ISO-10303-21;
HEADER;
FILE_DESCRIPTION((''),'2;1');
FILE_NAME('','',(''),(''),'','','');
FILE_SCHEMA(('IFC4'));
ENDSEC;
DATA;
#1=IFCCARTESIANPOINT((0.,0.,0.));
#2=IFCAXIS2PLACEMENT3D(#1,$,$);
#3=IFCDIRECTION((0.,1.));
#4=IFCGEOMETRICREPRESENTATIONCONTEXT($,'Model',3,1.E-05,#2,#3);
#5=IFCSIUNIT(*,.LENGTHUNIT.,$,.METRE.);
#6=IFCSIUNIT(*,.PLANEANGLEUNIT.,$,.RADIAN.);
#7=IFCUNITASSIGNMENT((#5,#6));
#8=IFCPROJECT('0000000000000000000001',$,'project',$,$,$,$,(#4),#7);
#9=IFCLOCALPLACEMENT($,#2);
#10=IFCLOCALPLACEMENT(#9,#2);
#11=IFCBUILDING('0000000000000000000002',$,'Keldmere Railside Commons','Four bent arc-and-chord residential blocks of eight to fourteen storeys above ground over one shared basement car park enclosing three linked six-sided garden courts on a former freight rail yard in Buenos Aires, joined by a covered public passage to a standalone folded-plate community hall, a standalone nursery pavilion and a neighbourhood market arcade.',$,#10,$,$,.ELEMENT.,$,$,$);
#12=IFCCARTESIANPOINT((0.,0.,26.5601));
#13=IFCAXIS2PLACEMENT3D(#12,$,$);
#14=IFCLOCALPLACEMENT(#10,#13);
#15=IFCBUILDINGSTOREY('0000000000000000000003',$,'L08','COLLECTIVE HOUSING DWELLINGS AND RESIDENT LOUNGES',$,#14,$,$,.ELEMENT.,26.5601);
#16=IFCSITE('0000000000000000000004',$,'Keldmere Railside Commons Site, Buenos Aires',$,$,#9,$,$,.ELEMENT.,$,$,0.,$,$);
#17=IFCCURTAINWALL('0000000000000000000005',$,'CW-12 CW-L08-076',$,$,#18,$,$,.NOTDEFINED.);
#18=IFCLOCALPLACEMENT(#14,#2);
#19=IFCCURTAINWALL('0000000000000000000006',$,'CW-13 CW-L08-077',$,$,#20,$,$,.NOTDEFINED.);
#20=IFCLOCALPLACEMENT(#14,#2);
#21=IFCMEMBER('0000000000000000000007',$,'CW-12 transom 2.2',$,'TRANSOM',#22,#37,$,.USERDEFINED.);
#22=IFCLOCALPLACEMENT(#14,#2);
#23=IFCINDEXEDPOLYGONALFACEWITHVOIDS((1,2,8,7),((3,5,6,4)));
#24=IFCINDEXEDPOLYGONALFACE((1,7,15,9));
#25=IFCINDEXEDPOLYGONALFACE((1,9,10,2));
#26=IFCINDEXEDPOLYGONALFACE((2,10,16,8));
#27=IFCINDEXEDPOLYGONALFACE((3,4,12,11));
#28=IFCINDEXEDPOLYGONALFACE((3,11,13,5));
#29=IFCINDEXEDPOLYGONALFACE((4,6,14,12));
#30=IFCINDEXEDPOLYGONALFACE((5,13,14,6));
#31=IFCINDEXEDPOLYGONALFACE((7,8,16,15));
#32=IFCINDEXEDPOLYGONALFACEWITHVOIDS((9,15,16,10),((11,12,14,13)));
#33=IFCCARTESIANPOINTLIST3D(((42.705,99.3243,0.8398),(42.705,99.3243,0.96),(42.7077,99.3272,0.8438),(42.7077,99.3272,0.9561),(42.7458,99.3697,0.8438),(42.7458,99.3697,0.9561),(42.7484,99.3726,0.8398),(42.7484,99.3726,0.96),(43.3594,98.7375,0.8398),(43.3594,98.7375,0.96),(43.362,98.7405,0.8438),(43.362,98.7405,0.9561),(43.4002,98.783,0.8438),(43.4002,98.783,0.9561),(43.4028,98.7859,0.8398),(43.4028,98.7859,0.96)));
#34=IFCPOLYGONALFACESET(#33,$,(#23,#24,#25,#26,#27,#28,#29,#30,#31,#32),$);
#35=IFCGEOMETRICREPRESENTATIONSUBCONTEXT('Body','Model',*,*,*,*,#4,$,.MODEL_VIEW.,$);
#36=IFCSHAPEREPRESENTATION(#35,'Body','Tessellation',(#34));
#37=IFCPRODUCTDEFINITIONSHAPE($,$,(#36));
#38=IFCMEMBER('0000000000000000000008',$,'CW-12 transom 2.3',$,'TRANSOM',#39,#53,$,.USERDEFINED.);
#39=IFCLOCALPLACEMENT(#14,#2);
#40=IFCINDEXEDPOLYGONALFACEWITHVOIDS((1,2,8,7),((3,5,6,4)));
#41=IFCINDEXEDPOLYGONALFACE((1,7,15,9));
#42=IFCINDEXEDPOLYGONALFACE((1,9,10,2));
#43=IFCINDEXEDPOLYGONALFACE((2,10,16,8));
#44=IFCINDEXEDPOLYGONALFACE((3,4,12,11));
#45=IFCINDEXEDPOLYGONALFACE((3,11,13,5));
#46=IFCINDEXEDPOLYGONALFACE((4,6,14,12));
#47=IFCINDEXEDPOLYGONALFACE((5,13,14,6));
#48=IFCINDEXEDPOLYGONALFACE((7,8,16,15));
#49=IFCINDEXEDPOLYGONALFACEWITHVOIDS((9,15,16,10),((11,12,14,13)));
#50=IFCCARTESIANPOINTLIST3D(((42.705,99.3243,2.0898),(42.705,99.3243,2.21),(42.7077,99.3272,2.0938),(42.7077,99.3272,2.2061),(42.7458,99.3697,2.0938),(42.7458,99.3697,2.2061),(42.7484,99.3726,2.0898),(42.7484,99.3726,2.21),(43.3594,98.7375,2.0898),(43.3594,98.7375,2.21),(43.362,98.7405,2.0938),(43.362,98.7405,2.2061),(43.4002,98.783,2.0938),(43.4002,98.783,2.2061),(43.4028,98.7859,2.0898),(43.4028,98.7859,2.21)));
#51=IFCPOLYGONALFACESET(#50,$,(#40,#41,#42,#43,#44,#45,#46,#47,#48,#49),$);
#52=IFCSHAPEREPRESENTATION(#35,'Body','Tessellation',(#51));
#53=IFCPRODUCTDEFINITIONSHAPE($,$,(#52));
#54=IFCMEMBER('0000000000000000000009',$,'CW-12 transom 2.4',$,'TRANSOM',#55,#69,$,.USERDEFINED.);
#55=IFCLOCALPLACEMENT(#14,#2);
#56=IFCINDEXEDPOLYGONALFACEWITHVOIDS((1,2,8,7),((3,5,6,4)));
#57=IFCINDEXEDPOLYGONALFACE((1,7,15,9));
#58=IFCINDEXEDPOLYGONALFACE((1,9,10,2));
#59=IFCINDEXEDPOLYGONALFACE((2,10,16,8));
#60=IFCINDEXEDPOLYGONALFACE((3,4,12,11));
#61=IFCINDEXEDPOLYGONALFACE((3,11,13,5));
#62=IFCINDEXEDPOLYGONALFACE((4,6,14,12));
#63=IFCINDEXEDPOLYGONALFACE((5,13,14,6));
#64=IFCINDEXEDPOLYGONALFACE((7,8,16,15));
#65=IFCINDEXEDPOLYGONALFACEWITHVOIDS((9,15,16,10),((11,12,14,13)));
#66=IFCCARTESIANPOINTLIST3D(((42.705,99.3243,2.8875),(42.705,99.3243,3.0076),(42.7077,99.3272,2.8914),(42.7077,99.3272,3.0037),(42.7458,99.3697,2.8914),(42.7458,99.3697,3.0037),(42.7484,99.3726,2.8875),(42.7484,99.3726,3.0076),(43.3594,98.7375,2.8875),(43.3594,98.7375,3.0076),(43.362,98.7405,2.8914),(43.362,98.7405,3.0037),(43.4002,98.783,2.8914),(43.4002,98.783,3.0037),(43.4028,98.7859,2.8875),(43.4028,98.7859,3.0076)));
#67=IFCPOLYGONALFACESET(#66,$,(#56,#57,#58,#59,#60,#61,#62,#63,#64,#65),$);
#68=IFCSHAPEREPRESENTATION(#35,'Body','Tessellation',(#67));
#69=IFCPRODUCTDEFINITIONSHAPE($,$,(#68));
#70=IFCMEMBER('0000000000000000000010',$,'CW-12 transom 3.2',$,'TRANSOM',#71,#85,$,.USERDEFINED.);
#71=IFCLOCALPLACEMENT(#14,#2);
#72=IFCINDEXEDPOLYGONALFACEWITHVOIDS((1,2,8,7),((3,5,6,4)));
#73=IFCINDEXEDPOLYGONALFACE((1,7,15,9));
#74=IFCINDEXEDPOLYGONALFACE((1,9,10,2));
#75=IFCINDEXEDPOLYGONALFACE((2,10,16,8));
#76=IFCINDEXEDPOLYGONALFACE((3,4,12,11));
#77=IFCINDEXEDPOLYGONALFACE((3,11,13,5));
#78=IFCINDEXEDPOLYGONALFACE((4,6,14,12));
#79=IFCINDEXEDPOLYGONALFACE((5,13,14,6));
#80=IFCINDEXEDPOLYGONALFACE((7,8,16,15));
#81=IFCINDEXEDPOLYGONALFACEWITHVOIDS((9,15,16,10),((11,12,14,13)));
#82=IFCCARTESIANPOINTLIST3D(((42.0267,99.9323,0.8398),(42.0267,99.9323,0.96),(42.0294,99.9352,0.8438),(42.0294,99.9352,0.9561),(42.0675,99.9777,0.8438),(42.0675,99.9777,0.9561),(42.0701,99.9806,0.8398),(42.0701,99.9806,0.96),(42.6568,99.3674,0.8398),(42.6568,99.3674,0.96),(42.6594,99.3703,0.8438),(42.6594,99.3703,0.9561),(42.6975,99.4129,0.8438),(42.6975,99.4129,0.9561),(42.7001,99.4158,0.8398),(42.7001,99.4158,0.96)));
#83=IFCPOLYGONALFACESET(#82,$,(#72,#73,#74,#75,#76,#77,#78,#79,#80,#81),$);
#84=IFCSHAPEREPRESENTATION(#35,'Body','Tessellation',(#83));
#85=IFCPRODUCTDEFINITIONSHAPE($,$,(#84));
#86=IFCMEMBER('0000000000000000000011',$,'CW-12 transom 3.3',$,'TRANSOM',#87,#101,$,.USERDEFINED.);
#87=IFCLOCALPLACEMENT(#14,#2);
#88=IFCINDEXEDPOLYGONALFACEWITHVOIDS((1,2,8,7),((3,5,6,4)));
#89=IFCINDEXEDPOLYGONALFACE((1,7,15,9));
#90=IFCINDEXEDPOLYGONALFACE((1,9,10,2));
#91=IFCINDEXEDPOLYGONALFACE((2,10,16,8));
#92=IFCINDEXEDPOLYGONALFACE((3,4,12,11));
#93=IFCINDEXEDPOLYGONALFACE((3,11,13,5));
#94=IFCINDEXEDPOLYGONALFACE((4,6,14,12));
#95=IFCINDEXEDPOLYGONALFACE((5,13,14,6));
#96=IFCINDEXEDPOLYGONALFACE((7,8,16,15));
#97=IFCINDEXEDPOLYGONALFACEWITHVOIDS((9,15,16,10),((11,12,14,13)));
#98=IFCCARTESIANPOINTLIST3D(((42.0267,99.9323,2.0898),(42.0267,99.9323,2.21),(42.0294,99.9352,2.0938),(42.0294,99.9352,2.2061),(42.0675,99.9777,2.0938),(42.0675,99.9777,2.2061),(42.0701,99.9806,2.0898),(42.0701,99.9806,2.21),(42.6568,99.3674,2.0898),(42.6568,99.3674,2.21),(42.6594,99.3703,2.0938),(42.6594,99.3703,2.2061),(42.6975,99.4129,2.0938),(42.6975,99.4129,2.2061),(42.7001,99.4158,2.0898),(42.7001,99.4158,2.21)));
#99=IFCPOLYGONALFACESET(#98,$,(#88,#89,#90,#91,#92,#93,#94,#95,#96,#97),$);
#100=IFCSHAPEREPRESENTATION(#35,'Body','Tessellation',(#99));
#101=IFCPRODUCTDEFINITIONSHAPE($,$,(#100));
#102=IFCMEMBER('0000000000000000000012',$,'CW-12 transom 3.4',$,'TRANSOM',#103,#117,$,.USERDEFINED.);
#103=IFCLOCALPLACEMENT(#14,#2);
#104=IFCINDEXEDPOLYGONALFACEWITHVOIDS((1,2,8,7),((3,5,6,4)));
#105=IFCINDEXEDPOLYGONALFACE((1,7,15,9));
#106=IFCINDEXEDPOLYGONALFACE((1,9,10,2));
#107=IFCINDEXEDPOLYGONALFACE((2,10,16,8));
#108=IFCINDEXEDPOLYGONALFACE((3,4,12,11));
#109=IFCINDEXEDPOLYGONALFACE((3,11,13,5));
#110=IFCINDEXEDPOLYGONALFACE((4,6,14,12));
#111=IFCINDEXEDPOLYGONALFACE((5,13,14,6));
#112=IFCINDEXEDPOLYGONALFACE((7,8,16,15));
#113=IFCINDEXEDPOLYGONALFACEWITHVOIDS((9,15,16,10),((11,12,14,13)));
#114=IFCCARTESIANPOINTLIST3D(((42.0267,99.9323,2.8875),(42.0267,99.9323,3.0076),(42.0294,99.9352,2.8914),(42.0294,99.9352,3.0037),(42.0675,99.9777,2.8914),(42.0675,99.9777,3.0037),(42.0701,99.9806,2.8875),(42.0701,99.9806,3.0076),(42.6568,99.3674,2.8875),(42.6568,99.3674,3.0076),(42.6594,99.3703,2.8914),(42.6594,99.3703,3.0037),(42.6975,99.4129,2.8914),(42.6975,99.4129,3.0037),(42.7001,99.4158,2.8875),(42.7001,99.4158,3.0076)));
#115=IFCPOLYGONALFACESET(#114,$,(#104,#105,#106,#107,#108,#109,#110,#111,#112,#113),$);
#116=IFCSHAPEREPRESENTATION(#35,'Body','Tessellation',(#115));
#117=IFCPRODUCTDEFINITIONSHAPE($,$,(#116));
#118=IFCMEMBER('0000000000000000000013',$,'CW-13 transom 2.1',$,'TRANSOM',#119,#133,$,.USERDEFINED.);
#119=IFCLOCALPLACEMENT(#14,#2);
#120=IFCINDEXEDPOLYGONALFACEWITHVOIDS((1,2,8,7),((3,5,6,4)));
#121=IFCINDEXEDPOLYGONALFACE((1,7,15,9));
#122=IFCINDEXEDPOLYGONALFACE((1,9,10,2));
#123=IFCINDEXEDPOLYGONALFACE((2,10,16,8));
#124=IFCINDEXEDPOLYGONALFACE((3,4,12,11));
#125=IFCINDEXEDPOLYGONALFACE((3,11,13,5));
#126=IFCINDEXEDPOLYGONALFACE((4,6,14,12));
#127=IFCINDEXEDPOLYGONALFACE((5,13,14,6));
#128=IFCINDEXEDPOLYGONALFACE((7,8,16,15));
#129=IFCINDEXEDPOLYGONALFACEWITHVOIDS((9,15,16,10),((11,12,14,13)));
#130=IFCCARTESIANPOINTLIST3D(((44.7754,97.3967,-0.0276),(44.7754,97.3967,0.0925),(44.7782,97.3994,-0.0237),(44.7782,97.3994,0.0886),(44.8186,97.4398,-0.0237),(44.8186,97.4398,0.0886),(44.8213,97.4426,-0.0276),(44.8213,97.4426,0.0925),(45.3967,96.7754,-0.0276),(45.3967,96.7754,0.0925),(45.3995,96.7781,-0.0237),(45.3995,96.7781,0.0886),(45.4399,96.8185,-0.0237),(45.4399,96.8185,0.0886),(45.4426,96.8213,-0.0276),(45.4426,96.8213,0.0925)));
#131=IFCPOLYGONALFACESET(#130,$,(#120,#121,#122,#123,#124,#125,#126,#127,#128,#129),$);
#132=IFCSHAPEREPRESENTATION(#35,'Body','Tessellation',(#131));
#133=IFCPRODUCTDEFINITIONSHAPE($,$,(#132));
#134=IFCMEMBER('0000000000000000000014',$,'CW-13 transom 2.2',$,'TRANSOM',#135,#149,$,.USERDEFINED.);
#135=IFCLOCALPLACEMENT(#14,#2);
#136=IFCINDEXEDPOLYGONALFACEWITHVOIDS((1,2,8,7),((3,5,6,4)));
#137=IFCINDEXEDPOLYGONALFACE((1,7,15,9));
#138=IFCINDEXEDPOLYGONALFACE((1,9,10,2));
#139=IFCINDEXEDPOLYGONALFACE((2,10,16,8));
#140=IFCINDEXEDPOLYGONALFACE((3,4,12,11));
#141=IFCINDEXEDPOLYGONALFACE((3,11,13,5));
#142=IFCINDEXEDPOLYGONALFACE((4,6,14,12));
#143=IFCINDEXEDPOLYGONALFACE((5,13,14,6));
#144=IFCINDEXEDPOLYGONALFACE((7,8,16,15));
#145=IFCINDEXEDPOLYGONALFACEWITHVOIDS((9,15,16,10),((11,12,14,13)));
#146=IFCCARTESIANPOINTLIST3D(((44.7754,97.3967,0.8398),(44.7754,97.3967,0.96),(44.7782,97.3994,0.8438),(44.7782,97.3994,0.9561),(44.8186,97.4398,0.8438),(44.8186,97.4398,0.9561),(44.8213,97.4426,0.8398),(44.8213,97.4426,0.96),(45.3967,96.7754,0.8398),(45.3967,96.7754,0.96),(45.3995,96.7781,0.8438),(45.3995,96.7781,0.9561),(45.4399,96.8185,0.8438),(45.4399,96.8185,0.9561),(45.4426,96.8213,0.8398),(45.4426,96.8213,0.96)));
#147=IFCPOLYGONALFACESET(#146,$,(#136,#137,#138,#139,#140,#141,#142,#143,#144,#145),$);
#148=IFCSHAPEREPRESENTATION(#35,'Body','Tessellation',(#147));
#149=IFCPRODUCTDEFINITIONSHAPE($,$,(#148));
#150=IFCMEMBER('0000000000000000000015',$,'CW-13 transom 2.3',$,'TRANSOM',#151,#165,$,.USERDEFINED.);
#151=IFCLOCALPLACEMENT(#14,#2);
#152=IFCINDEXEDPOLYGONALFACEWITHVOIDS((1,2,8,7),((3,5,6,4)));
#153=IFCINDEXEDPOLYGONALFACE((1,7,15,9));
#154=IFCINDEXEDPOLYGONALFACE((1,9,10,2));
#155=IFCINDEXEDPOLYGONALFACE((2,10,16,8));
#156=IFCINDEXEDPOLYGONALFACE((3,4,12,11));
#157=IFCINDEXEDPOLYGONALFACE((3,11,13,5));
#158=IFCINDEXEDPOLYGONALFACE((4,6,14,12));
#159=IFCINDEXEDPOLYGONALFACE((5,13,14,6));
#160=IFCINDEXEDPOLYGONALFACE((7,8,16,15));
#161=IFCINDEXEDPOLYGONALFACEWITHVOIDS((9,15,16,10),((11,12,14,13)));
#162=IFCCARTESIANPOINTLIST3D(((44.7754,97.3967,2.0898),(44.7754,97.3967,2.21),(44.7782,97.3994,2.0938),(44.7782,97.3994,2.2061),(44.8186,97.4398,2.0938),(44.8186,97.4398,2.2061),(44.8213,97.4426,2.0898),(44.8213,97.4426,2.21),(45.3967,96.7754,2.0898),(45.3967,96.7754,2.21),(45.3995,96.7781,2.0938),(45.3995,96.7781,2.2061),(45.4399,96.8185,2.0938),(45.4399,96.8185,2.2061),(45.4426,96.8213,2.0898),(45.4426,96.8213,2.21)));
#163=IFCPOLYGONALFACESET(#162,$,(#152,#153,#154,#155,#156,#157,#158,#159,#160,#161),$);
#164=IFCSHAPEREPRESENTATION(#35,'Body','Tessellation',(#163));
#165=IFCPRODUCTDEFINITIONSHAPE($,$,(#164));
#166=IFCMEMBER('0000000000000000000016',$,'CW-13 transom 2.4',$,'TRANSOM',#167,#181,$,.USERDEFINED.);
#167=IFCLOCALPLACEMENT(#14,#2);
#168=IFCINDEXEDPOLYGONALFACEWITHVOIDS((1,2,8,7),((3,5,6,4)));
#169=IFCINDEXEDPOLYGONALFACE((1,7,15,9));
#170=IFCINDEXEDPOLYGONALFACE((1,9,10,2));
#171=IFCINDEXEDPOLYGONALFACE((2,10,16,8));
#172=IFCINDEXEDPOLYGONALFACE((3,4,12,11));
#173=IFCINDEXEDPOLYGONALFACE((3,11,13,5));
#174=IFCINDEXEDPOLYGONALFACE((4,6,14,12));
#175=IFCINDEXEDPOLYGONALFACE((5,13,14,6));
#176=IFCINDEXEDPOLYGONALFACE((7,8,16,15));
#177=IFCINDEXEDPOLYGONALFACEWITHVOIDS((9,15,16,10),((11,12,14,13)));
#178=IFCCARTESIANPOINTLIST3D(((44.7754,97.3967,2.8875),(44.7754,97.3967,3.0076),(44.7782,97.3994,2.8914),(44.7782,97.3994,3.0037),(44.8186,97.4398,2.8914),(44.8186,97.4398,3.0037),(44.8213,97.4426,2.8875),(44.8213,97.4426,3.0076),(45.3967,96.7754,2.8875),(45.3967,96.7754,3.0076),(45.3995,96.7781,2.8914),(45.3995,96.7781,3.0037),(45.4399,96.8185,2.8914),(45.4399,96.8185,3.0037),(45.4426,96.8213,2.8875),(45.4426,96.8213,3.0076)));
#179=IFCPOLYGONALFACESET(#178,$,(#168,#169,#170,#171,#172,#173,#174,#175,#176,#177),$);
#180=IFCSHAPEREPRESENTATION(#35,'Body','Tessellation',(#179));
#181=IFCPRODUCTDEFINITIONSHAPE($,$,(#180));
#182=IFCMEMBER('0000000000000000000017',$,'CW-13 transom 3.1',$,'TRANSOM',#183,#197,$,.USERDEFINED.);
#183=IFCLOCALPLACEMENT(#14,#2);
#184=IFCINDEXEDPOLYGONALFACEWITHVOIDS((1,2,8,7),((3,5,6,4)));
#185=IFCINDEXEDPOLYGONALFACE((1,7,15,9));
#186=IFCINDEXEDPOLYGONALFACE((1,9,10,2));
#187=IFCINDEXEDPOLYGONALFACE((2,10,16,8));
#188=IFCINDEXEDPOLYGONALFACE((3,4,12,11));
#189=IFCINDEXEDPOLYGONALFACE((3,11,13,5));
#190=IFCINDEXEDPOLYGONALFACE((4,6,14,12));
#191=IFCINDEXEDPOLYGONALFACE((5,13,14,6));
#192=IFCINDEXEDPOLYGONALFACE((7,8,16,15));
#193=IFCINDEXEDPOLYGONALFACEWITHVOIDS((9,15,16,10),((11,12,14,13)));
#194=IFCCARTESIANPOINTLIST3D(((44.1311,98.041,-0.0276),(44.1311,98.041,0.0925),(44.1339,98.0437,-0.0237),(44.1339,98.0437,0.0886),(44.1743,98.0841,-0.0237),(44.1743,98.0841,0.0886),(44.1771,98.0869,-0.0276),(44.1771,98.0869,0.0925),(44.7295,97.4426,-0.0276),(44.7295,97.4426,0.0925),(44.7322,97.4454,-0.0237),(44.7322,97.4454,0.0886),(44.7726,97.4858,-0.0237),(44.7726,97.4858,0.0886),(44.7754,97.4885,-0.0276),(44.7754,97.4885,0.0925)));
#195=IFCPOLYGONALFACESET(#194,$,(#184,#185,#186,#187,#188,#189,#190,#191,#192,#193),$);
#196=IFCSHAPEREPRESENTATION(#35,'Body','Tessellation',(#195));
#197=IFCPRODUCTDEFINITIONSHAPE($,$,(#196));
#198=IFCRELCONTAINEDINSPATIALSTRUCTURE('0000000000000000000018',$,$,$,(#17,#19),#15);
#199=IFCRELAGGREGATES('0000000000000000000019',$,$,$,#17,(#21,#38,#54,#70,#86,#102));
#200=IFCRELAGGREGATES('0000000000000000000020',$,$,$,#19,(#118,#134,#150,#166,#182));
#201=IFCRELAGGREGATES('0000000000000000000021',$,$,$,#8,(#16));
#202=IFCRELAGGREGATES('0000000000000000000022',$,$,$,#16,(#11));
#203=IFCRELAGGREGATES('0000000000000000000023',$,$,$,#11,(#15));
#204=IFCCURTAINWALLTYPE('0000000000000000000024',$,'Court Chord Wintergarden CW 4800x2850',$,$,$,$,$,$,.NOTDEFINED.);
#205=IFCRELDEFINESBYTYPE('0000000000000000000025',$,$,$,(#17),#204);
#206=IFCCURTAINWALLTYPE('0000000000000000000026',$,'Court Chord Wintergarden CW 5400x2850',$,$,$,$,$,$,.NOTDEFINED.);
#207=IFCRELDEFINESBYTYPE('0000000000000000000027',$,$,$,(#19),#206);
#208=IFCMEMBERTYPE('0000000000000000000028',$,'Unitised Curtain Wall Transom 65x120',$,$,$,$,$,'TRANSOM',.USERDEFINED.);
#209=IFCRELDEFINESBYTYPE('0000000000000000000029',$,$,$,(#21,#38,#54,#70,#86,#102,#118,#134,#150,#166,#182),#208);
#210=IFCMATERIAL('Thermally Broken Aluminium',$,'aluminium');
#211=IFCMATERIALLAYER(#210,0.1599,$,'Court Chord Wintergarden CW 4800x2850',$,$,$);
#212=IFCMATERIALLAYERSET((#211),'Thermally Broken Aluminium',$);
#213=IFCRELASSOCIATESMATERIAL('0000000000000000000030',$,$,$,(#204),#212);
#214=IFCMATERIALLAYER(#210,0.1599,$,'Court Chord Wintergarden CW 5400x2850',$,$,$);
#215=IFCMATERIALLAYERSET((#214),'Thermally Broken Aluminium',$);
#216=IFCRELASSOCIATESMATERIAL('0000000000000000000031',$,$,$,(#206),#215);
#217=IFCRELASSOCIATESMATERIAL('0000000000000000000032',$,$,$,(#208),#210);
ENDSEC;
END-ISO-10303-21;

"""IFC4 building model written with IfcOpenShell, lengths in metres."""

from ifc_helpers import new_model, si_unit, direction, frame, origin, origin_2d, place, context, subcontext, project, spatial, hollow_rectangle, extrude, material, layer, layer_set, material_profile, profile_set, type_object, element, aggregate, save


model = new_model("IFC4")

# Units and contexts
model_context = context("Model", 3, precision=1e-05, world=origin(), true_north=direction((0.0, 1.0)))
body_context = subcontext(model_context, "Body", "Model", "MODEL_VIEW")
ifc_project = project(units=[si_unit("LENGTHUNIT", "METRE"), si_unit("PLANEANGLEUNIT", "RADIAN")], contexts=[model_context])

# Site, building, storey
site_placement = place(None, origin())
site = spatial("IfcSite", under=ifc_project, at=site_placement, Name="Keldmere Railside Commons Site, Buenos Aires", CompositionType="ELEMENT", RefElevation=0.0)
building_placement = place(site_placement, origin())
building = spatial("IfcBuilding", under=site, at=building_placement, Name="Keldmere Railside Commons", Description="Four bent arc-and-chord residential blocks of eight to fourteen storeys above ground over one shared basement car park enclosing three linked six-sided garden courts on a former freight rail yard in Buenos Aires, joined by a covered public passage to a standalone folded-plate community hall, a standalone nursery pavilion and a neighbourhood market arcade.", CompositionType="ELEMENT")
storey_placement = place(building_placement, frame((0.0, 0.0, 26.5601)))
storey = spatial("IfcBuildingStorey", under=building, at=storey_placement, Name="L08", Description="COLLECTIVE HOUSING DWELLINGS AND RESIDENT LOUNGES", CompositionType="ELEMENT", Elevation=26.5601)

# Curtain walls
ifc_material_1 = material(Name="Thermally Broken Aluminium", Category="aluminium")
ifc_layer_1 = layer(ifc_material_1, 0.1599, Name="Court Chord Wintergarden CW 4800x2850")
ifc_layer_set_1 = layer_set([ifc_layer_1], Name="Thermally Broken Aluminium")
curtain_wall_type_1 = type_object("IfcCurtainWallType", Name="Court Chord Wintergarden CW 4800x2850", PredefinedType="NOTDEFINED", material=ifc_layer_set_1)
curtain_wall_1_placement = place(storey_placement, origin())
curtain_wall_1 = element("IfcCurtainWall", 1, at=curtain_wall_1_placement, inside=storey, type_object=curtain_wall_type_1, Name="CW-12 CW-L08-076", PredefinedType="NOTDEFINED")
ifc_layer_2 = layer(ifc_material_1, 0.1599, Name="Court Chord Wintergarden CW 5400x2850")
ifc_layer_set_2 = layer_set([ifc_layer_2], Name="Thermally Broken Aluminium")
curtain_wall_type_2 = type_object("IfcCurtainWallType", Name="Court Chord Wintergarden CW 5400x2850", PredefinedType="NOTDEFINED", material=ifc_layer_set_2)
curtain_wall_2_placement = place(storey_placement, origin())
curtain_wall_2 = element("IfcCurtainWall", 2, at=curtain_wall_2_placement, inside=storey, type_object=curtain_wall_type_2, Name="CW-13 CW-L08-077", PredefinedType="NOTDEFINED")

# Members
ifc_material_profile_1 = material_profile(ifc_material_1, hollow_rectangle(XDim=0.0649, YDim=0.1201, WallThickness=0.0039, at=origin_2d()), Name="ALU-TRAN-65x120")
ifc_profile_set_1 = profile_set([ifc_material_profile_1], Name="Thermally Broken Aluminium")
member_type_1 = type_object("IfcMemberType", Name="Unitised Curtain Wall Transom 65x120", ElementType="TRANSOM", PredefinedType="USERDEFINED", material=ifc_profile_set_1)
member_1_placement = place(storey_placement, frame((43.3811, 98.7617, 0.8999), z_axis=(-0.744536, 0.667582, 0.0), x_axis=(-0.667582, -0.744536, 0.0)))
member_1 = element("IfcMember", 3, at=member_1_placement, type_object=member_type_1, Name="CW-12 transom 2.2", ObjectType="TRANSOM", PredefinedType="USERDEFINED", context=body_context, shape_type="SweptSolid", body=[
    extrude(hollow_rectangle(XDim=0.0649, YDim=0.1201, WallThickness=0.0039, at=origin_2d()), origin(), (0.0, 0.0, 1.0), 0.8789),
])
member_2_placement = place(storey_placement, frame((43.3811, 98.7617, 2.1499), z_axis=(-0.744536, 0.667582, 0.0), x_axis=(-0.667582, -0.744536, 0.0)))
member_2 = element("IfcMember", 4, at=member_2_placement, type_object=member_type_1, Name="CW-12 transom 2.3", ObjectType="TRANSOM", PredefinedType="USERDEFINED", context=body_context, shape_type="SweptSolid", body=[
    extrude(hollow_rectangle(XDim=0.0649, YDim=0.1201, WallThickness=0.0039, at=origin_2d()), origin(), (0.0, 0.0, 1.0), 0.8789),
])
member_3_placement = place(storey_placement, frame((43.3811, 98.7617, 2.9475), z_axis=(-0.744536, 0.667582, 0.0), x_axis=(-0.667582, -0.744536, 0.0)))
member_3 = element("IfcMember", 5, at=member_3_placement, type_object=member_type_1, Name="CW-12 transom 2.4", ObjectType="TRANSOM", PredefinedType="USERDEFINED", context=body_context, shape_type="SweptSolid", body=[
    extrude(hollow_rectangle(XDim=0.0649, YDim=0.1201, WallThickness=0.0039, at=origin_2d()), origin(), (0.0, 0.0, 1.0), 0.8789),
])
member_4_placement = place(storey_placement, frame((42.6785, 99.3916, 0.8999), z_axis=(-0.744569, 0.667545, 0.0), x_axis=(-0.667545, -0.744569, 0.0)))
member_4 = element("IfcMember", 6, at=member_4_placement, type_object=member_type_1, Name="CW-12 transom 3.2", ObjectType="TRANSOM", PredefinedType="USERDEFINED", context=body_context, shape_type="SweptSolid", body=[
    extrude(hollow_rectangle(XDim=0.0649, YDim=0.1201, WallThickness=0.0039, at=origin_2d()), origin(), (0.0, 0.0, 1.0), 0.8462),
])
member_5_placement = place(storey_placement, frame((42.6785, 99.3916, 2.1499), z_axis=(-0.744569, 0.667545, 0.0), x_axis=(-0.667545, -0.744569, 0.0)))
member_5 = element("IfcMember", 7, at=member_5_placement, type_object=member_type_1, Name="CW-12 transom 3.3", ObjectType="TRANSOM", PredefinedType="USERDEFINED", context=body_context, shape_type="SweptSolid", body=[
    extrude(hollow_rectangle(XDim=0.0649, YDim=0.1201, WallThickness=0.0039, at=origin_2d()), origin(), (0.0, 0.0, 1.0), 0.8462),
])
member_6_placement = place(storey_placement, frame((42.6785, 99.3916, 2.9475), z_axis=(-0.744569, 0.667545, 0.0), x_axis=(-0.667545, -0.744569, 0.0)))
member_6 = element("IfcMember", 8, at=member_6_placement, type_object=member_type_1, Name="CW-12 transom 3.4", ObjectType="TRANSOM", PredefinedType="USERDEFINED", context=body_context, shape_type="SweptSolid", body=[
    extrude(hollow_rectangle(XDim=0.0649, YDim=0.1201, WallThickness=0.0039, at=origin_2d()), origin(), (0.0, 0.0, 1.0), 0.8462),
])
member_7_placement = place(storey_placement, frame((45.4197, 96.7983, 0.0325), z_axis=(-0.707107, 0.707107, 0.0), x_axis=(-0.707107, -0.707107, 0.0)))
member_7 = element("IfcMember", 9, at=member_7_placement, type_object=member_type_1, Name="CW-13 transom 2.1", ObjectType="TRANSOM", PredefinedType="USERDEFINED", context=body_context, shape_type="SweptSolid", body=[
    extrude(hollow_rectangle(XDim=0.0649, YDim=0.1201, WallThickness=0.0039, at=origin_2d()), origin(), (0.0, 0.0, 1.0), 0.8787),
])
member_8_placement = place(storey_placement, frame((45.4197, 96.7983, 0.8999), z_axis=(-0.707107, 0.707107, 0.0), x_axis=(-0.707107, -0.707107, 0.0)))
member_8 = element("IfcMember", 10, at=member_8_placement, type_object=member_type_1, Name="CW-13 transom 2.2", ObjectType="TRANSOM", PredefinedType="USERDEFINED", context=body_context, shape_type="SweptSolid", body=[
    extrude(hollow_rectangle(XDim=0.0649, YDim=0.1201, WallThickness=0.0039, at=origin_2d()), origin(), (0.0, 0.0, 1.0), 0.8787),
])
member_9_placement = place(storey_placement, frame((45.4197, 96.7983, 2.1499), z_axis=(-0.707107, 0.707107, 0.0), x_axis=(-0.707107, -0.707107, 0.0)))
member_9 = element("IfcMember", 11, at=member_9_placement, type_object=member_type_1, Name="CW-13 transom 2.3", ObjectType="TRANSOM", PredefinedType="USERDEFINED", context=body_context, shape_type="SweptSolid", body=[
    extrude(hollow_rectangle(XDim=0.0649, YDim=0.1201, WallThickness=0.0039, at=origin_2d()), origin(), (0.0, 0.0, 1.0), 0.8787),
])
member_10_placement = place(storey_placement, frame((45.4197, 96.7983, 2.9475), z_axis=(-0.707107, 0.707107, 0.0), x_axis=(-0.707107, -0.707107, 0.0)))
member_10 = element("IfcMember", 12, at=member_10_placement, type_object=member_type_1, Name="CW-13 transom 2.4", ObjectType="TRANSOM", PredefinedType="USERDEFINED", context=body_context, shape_type="SweptSolid", body=[
    extrude(hollow_rectangle(XDim=0.0649, YDim=0.1201, WallThickness=0.0039, at=origin_2d()), origin(), (0.0, 0.0, 1.0), 0.8787),
])
member_11_placement = place(storey_placement, frame((44.7524, 97.4656, 0.0325), z_axis=(-0.707107, 0.707107, 0.0), x_axis=(-0.707107, -0.707107, 0.0)))
member_11 = element("IfcMember", 13, at=member_11_placement, type_object=member_type_1, Name="CW-13 transom 3.1", ObjectType="TRANSOM", PredefinedType="USERDEFINED", context=body_context, shape_type="SweptSolid", body=[
    extrude(hollow_rectangle(XDim=0.0649, YDim=0.1201, WallThickness=0.0039, at=origin_2d()), origin(), (0.0, 0.0, 1.0), 0.8462),
])

aggregate(curtain_wall_1, [member_1, member_2, member_3, member_4, member_5, member_6])
aggregate(curtain_wall_2, [member_7, member_8, member_9, member_10, member_11])

save(model, "model.ifc")
